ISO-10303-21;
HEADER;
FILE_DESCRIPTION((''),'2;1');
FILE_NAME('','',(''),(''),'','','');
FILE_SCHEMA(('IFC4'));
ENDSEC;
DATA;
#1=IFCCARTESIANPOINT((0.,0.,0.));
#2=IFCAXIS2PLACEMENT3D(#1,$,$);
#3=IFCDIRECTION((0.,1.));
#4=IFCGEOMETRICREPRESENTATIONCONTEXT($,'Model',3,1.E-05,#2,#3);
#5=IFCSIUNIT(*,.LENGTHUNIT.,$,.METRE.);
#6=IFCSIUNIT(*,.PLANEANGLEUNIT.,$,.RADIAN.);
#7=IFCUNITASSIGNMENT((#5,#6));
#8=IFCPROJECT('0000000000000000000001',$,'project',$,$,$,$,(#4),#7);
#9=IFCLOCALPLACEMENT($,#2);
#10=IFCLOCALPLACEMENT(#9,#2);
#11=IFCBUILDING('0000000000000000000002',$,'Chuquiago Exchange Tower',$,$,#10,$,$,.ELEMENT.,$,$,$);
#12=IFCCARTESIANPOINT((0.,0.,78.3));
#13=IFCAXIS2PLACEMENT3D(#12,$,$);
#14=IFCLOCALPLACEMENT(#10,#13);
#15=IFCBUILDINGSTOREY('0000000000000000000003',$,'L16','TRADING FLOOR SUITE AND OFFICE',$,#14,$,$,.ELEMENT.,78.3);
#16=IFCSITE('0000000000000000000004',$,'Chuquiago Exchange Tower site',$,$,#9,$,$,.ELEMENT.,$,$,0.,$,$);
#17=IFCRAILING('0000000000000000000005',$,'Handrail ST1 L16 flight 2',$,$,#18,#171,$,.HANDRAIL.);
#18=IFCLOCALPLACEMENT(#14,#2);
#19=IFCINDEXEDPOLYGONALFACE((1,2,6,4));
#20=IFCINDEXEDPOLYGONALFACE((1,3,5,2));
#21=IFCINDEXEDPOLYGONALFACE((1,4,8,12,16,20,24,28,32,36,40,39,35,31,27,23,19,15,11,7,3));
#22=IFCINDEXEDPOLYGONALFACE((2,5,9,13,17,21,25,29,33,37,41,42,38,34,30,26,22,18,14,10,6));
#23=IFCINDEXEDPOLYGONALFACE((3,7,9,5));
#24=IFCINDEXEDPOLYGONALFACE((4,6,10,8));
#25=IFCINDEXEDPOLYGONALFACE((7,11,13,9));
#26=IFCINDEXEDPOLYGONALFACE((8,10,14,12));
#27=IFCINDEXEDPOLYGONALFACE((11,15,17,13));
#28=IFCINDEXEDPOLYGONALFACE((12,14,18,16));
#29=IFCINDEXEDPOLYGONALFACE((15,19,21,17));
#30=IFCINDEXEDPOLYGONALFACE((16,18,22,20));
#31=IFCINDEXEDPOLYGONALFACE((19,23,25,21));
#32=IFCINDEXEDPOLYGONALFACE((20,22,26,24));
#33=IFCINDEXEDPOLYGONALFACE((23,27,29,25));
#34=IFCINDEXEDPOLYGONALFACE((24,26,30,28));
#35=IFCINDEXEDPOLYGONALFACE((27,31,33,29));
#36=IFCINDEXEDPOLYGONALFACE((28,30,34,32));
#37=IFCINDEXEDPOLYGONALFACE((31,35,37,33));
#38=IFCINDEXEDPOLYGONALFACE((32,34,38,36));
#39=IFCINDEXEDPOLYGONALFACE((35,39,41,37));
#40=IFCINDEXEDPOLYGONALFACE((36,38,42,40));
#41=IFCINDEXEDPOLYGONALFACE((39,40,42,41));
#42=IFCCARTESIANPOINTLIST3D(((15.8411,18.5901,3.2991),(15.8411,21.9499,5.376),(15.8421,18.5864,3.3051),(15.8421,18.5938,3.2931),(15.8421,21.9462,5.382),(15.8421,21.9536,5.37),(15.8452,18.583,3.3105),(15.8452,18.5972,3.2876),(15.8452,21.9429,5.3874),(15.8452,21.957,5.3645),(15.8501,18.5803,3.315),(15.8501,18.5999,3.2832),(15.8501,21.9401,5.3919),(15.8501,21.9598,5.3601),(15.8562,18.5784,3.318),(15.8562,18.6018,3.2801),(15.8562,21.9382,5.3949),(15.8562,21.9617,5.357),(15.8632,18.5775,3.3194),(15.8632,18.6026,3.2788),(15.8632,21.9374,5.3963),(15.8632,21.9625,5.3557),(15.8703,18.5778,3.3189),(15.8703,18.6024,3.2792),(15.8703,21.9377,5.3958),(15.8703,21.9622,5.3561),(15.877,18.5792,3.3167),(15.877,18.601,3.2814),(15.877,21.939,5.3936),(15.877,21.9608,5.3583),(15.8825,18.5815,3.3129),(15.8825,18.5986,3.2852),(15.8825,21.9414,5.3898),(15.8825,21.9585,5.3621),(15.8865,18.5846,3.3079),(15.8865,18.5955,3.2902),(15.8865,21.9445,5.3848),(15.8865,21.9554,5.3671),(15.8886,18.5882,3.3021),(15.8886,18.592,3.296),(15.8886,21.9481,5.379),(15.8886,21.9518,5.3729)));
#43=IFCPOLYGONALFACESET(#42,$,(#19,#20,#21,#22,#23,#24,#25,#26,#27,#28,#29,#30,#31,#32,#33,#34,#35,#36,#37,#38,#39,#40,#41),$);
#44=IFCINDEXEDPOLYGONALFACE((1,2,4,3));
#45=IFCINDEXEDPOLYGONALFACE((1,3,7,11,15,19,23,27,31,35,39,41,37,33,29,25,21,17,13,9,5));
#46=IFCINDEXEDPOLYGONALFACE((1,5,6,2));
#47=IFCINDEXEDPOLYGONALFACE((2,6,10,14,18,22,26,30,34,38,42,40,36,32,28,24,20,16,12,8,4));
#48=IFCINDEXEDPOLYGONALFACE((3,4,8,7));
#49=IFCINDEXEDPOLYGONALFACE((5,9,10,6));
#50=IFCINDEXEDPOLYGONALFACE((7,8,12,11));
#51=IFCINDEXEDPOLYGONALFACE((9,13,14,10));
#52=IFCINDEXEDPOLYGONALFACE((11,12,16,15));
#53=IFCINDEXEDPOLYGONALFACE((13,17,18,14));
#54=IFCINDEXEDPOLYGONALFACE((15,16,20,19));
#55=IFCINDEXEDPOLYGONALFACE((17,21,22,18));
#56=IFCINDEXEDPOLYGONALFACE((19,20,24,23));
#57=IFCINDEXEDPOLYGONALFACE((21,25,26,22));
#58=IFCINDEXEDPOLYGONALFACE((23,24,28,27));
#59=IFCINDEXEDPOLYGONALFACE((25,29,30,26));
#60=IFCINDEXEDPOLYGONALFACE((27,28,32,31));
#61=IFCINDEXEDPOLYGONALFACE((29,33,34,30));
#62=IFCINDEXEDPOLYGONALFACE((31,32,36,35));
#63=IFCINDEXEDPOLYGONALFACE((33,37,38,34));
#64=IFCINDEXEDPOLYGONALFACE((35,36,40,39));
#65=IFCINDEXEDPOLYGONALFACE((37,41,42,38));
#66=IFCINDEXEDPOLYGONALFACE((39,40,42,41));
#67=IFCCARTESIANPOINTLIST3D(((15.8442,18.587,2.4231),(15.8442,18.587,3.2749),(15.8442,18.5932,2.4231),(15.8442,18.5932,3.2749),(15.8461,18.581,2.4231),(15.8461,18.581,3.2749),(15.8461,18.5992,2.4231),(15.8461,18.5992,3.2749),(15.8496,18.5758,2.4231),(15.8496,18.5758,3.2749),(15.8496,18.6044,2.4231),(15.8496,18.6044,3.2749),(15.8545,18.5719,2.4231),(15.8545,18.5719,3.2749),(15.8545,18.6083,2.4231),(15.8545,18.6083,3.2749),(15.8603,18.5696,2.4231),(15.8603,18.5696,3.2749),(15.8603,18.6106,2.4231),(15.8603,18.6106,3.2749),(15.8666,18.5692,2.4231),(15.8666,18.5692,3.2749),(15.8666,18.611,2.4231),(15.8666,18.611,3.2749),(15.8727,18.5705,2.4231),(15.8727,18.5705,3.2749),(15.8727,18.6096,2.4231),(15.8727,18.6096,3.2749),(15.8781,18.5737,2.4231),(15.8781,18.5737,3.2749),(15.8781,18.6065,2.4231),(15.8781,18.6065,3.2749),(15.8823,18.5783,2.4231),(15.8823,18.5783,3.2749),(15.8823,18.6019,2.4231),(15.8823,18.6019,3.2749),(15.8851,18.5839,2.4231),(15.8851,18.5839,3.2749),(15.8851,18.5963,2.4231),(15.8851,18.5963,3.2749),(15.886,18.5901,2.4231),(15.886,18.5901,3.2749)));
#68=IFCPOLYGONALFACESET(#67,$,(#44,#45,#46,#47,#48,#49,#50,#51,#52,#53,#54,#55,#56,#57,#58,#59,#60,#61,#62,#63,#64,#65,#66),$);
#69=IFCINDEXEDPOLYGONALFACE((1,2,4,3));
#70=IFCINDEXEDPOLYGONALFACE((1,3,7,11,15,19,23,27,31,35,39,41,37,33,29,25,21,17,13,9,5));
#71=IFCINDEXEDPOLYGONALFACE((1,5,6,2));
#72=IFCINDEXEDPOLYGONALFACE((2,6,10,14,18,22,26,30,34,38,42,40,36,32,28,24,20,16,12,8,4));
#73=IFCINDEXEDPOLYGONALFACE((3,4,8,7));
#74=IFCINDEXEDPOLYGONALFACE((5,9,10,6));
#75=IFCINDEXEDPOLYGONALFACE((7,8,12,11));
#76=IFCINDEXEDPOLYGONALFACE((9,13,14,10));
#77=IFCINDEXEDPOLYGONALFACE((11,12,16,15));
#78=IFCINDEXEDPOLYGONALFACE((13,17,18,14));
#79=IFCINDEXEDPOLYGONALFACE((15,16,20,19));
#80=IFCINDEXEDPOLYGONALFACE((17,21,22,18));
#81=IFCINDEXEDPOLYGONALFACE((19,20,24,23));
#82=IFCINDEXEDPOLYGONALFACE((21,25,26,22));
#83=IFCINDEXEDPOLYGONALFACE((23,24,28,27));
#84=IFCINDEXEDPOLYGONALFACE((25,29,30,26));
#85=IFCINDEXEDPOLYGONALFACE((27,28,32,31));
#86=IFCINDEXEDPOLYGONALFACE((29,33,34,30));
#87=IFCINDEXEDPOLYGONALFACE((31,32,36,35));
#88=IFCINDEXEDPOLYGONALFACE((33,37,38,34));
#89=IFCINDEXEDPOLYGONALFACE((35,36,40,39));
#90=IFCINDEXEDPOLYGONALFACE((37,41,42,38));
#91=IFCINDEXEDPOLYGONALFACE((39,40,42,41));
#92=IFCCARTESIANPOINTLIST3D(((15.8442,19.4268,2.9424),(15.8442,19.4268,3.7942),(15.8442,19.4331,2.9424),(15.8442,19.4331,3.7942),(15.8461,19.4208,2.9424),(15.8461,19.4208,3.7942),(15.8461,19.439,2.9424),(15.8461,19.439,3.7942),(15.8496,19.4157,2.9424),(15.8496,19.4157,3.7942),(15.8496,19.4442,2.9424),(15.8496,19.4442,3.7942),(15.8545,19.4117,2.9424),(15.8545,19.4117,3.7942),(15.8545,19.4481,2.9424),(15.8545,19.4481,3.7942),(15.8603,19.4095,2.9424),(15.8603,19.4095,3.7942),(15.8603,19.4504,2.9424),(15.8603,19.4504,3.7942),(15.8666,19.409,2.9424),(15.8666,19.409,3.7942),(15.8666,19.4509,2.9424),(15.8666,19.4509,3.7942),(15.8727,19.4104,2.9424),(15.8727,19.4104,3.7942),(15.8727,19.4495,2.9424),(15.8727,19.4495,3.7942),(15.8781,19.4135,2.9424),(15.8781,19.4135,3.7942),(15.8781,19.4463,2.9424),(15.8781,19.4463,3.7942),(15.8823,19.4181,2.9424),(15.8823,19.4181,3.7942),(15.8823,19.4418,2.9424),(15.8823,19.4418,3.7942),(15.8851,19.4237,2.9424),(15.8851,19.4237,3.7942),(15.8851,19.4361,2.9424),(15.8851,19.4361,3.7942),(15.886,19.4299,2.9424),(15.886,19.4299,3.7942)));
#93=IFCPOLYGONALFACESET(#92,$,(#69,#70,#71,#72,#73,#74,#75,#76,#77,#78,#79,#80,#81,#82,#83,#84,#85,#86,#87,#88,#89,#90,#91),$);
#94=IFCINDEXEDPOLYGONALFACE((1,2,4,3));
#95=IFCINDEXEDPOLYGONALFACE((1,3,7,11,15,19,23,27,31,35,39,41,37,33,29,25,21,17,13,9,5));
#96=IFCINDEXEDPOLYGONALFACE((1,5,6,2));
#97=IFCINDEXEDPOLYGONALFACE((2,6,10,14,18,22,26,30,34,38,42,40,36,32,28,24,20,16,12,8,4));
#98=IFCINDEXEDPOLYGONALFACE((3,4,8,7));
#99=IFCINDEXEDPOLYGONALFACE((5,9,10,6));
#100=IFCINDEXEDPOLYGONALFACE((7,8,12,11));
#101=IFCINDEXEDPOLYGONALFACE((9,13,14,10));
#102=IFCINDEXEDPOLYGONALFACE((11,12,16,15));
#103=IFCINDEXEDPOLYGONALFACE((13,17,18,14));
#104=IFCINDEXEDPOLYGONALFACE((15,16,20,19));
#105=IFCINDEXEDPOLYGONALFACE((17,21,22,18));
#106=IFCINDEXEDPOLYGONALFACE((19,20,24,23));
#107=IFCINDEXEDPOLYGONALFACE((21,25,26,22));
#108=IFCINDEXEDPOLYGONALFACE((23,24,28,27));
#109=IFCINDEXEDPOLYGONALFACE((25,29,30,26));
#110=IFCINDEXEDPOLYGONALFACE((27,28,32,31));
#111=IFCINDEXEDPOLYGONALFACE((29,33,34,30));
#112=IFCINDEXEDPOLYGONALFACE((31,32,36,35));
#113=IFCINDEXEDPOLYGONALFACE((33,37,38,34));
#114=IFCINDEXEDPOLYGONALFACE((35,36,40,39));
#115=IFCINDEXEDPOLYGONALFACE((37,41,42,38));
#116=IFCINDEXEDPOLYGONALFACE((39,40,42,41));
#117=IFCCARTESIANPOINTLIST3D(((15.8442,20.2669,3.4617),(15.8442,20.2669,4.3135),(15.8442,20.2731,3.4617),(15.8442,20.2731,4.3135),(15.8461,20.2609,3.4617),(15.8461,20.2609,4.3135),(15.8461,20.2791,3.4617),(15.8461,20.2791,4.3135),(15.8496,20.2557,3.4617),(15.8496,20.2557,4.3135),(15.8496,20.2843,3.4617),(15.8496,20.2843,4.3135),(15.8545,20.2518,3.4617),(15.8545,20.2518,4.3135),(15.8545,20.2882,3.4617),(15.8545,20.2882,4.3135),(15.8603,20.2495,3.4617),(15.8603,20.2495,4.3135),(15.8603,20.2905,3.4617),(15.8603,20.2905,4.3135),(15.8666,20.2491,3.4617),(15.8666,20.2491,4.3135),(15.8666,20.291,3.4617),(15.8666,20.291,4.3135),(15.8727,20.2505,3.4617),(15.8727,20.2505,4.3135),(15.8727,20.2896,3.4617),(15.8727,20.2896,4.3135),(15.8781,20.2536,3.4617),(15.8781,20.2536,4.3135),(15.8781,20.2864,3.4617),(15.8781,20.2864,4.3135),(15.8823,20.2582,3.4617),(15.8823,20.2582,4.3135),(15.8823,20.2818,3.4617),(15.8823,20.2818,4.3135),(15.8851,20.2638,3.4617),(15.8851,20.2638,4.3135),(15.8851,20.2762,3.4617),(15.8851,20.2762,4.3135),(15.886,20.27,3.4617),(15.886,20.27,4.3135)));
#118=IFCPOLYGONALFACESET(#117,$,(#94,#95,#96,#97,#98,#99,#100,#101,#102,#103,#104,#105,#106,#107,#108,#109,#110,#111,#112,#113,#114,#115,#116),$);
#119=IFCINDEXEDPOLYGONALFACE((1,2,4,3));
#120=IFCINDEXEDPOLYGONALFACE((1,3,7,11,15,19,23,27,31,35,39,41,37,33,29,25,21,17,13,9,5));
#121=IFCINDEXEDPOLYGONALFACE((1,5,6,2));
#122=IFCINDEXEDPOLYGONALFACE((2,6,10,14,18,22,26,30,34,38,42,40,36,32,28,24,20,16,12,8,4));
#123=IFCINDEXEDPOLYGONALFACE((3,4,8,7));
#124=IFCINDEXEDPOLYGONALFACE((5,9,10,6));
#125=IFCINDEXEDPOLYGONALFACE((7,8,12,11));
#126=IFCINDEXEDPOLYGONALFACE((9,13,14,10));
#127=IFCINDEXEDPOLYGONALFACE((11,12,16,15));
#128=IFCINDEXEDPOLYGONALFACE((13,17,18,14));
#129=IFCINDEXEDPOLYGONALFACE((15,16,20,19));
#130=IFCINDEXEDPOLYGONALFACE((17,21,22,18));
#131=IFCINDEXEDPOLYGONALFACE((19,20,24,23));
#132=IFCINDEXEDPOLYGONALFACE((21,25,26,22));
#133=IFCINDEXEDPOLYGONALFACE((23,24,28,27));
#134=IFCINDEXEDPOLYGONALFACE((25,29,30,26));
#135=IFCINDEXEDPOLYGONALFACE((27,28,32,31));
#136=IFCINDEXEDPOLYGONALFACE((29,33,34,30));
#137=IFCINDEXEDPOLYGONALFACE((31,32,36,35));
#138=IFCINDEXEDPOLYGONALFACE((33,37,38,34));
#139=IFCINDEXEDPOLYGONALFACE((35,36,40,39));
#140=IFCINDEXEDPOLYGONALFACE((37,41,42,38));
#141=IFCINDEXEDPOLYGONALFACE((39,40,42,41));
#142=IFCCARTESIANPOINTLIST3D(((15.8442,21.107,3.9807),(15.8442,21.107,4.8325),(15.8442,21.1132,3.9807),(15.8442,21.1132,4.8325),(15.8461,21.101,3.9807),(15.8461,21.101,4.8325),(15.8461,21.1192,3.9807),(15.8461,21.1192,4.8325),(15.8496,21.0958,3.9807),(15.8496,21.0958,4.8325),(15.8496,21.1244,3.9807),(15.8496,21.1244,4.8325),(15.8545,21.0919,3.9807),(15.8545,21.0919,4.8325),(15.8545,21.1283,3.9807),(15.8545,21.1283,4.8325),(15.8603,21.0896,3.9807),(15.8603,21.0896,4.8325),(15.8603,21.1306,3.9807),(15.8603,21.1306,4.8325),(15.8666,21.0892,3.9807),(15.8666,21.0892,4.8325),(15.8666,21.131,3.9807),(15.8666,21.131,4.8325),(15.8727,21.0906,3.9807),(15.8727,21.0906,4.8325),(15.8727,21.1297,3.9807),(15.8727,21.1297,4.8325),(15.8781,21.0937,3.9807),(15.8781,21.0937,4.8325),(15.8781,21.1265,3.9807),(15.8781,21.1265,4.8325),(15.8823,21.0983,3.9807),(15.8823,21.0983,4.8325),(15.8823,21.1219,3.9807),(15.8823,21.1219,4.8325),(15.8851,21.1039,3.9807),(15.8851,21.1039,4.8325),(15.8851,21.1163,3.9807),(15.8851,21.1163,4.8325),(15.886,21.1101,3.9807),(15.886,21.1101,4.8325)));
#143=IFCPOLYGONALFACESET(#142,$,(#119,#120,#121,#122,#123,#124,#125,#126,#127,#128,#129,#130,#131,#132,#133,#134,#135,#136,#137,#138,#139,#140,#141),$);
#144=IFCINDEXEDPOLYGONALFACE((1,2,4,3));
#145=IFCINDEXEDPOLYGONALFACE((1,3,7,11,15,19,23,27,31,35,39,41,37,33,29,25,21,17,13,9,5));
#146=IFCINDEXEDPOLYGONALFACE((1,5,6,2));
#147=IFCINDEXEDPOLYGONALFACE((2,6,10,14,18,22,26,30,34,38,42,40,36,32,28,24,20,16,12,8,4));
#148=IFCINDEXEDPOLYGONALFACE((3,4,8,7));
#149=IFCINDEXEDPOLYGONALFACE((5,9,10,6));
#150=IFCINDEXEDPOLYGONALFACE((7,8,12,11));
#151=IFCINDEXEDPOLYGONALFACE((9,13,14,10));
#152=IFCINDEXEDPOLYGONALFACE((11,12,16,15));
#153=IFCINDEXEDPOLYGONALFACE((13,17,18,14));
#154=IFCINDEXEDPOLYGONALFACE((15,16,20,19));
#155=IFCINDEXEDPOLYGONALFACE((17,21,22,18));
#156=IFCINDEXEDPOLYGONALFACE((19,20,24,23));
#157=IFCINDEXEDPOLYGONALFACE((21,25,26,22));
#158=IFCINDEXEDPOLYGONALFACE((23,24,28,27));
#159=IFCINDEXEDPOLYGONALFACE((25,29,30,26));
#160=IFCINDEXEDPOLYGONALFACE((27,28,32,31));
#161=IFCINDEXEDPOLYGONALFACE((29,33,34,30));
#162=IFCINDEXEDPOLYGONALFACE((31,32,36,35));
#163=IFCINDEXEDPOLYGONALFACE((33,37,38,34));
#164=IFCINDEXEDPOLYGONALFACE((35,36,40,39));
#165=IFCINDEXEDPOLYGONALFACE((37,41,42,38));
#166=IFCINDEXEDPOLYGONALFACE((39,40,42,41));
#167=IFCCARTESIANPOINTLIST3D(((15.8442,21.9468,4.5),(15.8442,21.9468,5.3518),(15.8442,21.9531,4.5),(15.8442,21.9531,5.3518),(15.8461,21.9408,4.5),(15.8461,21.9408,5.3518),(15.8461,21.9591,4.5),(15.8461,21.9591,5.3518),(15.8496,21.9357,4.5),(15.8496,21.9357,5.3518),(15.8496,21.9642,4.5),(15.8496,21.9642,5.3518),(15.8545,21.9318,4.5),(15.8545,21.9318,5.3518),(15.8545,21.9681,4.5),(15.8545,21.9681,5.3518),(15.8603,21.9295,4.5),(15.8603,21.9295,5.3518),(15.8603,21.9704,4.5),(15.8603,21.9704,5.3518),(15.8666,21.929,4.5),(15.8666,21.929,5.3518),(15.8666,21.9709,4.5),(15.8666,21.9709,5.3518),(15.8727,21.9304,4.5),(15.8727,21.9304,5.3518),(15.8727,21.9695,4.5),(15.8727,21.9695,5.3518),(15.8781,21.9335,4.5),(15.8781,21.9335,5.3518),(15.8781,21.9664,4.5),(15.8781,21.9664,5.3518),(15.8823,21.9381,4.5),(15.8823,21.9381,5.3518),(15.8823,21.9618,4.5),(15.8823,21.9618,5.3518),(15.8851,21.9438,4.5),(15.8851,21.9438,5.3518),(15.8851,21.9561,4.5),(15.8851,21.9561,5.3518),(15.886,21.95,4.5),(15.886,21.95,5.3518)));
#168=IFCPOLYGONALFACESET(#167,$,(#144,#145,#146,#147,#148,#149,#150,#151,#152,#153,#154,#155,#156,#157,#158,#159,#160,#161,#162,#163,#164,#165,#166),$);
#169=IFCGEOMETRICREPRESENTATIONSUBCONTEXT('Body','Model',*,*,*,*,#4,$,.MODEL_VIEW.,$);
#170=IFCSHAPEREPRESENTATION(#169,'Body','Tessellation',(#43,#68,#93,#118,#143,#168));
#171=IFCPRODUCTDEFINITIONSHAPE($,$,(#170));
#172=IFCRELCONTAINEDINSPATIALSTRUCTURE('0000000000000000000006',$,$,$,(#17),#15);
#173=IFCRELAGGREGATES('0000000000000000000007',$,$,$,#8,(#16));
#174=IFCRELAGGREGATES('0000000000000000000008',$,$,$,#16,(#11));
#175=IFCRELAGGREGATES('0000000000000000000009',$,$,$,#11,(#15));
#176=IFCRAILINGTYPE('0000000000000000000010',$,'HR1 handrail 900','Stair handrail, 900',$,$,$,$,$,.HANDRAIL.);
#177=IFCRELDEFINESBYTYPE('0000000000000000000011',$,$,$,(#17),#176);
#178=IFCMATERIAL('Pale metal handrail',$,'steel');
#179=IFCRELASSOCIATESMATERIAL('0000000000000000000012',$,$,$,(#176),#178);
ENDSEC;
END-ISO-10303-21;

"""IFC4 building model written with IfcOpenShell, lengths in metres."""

from ifc_helpers import new_model, si_unit, direction, frame, origin, origin_2d, place, context, subcontext, project, spatial, circle, extrude, material, type_object, element, save


model = new_model("IFC4")

# Units and contexts
model_context = context("Model", 3, precision=1e-05, world=origin(), true_north=direction((0.0, 1.0)))
body_context = subcontext(model_context, "Body", "Model", "MODEL_VIEW")
ifc_project = project(units=[si_unit("LENGTHUNIT", "METRE"), si_unit("PLANEANGLEUNIT", "RADIAN")], contexts=[model_context])

# Site, building, storey
site_placement = place(None, origin())
site = spatial("IfcSite", under=ifc_project, at=site_placement, Name="Chuquiago Exchange Tower site", CompositionType="ELEMENT", RefElevation=0.0)
building_placement = place(site_placement, origin())
building = spatial("IfcBuilding", under=site, at=building_placement, Name="Chuquiago Exchange Tower", CompositionType="ELEMENT")
storey_placement = place(building_placement, frame((0.0, 0.0, 78.3)))
storey = spatial("IfcBuildingStorey", under=building, at=storey_placement, Name="L16", Description="TRADING FLOOR SUITE AND OFFICE", CompositionType="ELEMENT", Elevation=78.3)

# Railing
ifc_material_1 = material(Name="Pale metal handrail", Category="steel")
railing_type_1 = type_object("IfcRailingType", Name="HR1 handrail 900", Description="Stair handrail, 900", PredefinedType="HANDRAIL", material=ifc_material_1)
for number, where, name in (
    (1, (15.865, 18.5901, 2.4231), "Handrail ST1 L16 flight 2"),
):
    element("IfcRailing", number, at=place(storey_placement, frame(where)), inside=storey, type_object=railing_type_1, Name=name, PredefinedType="HANDRAIL", context=body_context, shape_type="SweptSolid", body=[
        extrude(circle(Radius=0.0239, at=origin_2d()), frame((0.0, 0.0, 0.876), z_axis=(0.0, 0.850606, 0.525803), x_axis=(-1.0, 0.0, 0.0)), (0.0, 0.0, 1.0), 3.95),
        extrude(circle(Radius=0.021, at=origin_2d()), origin(), (0.0, 0.0, 1.0), 0.8518),
        extrude(circle(Radius=0.021, at=origin_2d()), frame((0.0, 0.8398, 0.5193)), (0.0, 0.0, 1.0), 0.8518),
        extrude(circle(Radius=0.021, at=origin_2d()), frame((0.0, 1.6799, 1.0386)), (0.0, 0.0, 1.0), 0.8518),
        extrude(circle(Radius=0.021, at=origin_2d()), frame((0.0, 2.52, 1.5576)), (0.0, 0.0, 1.0), 0.8518),
        extrude(circle(Radius=0.021, at=origin_2d()), frame((0.0, 3.3599, 2.0769)), (0.0, 0.0, 1.0), 0.8518),
    ])

save(model, "model.ifc")
